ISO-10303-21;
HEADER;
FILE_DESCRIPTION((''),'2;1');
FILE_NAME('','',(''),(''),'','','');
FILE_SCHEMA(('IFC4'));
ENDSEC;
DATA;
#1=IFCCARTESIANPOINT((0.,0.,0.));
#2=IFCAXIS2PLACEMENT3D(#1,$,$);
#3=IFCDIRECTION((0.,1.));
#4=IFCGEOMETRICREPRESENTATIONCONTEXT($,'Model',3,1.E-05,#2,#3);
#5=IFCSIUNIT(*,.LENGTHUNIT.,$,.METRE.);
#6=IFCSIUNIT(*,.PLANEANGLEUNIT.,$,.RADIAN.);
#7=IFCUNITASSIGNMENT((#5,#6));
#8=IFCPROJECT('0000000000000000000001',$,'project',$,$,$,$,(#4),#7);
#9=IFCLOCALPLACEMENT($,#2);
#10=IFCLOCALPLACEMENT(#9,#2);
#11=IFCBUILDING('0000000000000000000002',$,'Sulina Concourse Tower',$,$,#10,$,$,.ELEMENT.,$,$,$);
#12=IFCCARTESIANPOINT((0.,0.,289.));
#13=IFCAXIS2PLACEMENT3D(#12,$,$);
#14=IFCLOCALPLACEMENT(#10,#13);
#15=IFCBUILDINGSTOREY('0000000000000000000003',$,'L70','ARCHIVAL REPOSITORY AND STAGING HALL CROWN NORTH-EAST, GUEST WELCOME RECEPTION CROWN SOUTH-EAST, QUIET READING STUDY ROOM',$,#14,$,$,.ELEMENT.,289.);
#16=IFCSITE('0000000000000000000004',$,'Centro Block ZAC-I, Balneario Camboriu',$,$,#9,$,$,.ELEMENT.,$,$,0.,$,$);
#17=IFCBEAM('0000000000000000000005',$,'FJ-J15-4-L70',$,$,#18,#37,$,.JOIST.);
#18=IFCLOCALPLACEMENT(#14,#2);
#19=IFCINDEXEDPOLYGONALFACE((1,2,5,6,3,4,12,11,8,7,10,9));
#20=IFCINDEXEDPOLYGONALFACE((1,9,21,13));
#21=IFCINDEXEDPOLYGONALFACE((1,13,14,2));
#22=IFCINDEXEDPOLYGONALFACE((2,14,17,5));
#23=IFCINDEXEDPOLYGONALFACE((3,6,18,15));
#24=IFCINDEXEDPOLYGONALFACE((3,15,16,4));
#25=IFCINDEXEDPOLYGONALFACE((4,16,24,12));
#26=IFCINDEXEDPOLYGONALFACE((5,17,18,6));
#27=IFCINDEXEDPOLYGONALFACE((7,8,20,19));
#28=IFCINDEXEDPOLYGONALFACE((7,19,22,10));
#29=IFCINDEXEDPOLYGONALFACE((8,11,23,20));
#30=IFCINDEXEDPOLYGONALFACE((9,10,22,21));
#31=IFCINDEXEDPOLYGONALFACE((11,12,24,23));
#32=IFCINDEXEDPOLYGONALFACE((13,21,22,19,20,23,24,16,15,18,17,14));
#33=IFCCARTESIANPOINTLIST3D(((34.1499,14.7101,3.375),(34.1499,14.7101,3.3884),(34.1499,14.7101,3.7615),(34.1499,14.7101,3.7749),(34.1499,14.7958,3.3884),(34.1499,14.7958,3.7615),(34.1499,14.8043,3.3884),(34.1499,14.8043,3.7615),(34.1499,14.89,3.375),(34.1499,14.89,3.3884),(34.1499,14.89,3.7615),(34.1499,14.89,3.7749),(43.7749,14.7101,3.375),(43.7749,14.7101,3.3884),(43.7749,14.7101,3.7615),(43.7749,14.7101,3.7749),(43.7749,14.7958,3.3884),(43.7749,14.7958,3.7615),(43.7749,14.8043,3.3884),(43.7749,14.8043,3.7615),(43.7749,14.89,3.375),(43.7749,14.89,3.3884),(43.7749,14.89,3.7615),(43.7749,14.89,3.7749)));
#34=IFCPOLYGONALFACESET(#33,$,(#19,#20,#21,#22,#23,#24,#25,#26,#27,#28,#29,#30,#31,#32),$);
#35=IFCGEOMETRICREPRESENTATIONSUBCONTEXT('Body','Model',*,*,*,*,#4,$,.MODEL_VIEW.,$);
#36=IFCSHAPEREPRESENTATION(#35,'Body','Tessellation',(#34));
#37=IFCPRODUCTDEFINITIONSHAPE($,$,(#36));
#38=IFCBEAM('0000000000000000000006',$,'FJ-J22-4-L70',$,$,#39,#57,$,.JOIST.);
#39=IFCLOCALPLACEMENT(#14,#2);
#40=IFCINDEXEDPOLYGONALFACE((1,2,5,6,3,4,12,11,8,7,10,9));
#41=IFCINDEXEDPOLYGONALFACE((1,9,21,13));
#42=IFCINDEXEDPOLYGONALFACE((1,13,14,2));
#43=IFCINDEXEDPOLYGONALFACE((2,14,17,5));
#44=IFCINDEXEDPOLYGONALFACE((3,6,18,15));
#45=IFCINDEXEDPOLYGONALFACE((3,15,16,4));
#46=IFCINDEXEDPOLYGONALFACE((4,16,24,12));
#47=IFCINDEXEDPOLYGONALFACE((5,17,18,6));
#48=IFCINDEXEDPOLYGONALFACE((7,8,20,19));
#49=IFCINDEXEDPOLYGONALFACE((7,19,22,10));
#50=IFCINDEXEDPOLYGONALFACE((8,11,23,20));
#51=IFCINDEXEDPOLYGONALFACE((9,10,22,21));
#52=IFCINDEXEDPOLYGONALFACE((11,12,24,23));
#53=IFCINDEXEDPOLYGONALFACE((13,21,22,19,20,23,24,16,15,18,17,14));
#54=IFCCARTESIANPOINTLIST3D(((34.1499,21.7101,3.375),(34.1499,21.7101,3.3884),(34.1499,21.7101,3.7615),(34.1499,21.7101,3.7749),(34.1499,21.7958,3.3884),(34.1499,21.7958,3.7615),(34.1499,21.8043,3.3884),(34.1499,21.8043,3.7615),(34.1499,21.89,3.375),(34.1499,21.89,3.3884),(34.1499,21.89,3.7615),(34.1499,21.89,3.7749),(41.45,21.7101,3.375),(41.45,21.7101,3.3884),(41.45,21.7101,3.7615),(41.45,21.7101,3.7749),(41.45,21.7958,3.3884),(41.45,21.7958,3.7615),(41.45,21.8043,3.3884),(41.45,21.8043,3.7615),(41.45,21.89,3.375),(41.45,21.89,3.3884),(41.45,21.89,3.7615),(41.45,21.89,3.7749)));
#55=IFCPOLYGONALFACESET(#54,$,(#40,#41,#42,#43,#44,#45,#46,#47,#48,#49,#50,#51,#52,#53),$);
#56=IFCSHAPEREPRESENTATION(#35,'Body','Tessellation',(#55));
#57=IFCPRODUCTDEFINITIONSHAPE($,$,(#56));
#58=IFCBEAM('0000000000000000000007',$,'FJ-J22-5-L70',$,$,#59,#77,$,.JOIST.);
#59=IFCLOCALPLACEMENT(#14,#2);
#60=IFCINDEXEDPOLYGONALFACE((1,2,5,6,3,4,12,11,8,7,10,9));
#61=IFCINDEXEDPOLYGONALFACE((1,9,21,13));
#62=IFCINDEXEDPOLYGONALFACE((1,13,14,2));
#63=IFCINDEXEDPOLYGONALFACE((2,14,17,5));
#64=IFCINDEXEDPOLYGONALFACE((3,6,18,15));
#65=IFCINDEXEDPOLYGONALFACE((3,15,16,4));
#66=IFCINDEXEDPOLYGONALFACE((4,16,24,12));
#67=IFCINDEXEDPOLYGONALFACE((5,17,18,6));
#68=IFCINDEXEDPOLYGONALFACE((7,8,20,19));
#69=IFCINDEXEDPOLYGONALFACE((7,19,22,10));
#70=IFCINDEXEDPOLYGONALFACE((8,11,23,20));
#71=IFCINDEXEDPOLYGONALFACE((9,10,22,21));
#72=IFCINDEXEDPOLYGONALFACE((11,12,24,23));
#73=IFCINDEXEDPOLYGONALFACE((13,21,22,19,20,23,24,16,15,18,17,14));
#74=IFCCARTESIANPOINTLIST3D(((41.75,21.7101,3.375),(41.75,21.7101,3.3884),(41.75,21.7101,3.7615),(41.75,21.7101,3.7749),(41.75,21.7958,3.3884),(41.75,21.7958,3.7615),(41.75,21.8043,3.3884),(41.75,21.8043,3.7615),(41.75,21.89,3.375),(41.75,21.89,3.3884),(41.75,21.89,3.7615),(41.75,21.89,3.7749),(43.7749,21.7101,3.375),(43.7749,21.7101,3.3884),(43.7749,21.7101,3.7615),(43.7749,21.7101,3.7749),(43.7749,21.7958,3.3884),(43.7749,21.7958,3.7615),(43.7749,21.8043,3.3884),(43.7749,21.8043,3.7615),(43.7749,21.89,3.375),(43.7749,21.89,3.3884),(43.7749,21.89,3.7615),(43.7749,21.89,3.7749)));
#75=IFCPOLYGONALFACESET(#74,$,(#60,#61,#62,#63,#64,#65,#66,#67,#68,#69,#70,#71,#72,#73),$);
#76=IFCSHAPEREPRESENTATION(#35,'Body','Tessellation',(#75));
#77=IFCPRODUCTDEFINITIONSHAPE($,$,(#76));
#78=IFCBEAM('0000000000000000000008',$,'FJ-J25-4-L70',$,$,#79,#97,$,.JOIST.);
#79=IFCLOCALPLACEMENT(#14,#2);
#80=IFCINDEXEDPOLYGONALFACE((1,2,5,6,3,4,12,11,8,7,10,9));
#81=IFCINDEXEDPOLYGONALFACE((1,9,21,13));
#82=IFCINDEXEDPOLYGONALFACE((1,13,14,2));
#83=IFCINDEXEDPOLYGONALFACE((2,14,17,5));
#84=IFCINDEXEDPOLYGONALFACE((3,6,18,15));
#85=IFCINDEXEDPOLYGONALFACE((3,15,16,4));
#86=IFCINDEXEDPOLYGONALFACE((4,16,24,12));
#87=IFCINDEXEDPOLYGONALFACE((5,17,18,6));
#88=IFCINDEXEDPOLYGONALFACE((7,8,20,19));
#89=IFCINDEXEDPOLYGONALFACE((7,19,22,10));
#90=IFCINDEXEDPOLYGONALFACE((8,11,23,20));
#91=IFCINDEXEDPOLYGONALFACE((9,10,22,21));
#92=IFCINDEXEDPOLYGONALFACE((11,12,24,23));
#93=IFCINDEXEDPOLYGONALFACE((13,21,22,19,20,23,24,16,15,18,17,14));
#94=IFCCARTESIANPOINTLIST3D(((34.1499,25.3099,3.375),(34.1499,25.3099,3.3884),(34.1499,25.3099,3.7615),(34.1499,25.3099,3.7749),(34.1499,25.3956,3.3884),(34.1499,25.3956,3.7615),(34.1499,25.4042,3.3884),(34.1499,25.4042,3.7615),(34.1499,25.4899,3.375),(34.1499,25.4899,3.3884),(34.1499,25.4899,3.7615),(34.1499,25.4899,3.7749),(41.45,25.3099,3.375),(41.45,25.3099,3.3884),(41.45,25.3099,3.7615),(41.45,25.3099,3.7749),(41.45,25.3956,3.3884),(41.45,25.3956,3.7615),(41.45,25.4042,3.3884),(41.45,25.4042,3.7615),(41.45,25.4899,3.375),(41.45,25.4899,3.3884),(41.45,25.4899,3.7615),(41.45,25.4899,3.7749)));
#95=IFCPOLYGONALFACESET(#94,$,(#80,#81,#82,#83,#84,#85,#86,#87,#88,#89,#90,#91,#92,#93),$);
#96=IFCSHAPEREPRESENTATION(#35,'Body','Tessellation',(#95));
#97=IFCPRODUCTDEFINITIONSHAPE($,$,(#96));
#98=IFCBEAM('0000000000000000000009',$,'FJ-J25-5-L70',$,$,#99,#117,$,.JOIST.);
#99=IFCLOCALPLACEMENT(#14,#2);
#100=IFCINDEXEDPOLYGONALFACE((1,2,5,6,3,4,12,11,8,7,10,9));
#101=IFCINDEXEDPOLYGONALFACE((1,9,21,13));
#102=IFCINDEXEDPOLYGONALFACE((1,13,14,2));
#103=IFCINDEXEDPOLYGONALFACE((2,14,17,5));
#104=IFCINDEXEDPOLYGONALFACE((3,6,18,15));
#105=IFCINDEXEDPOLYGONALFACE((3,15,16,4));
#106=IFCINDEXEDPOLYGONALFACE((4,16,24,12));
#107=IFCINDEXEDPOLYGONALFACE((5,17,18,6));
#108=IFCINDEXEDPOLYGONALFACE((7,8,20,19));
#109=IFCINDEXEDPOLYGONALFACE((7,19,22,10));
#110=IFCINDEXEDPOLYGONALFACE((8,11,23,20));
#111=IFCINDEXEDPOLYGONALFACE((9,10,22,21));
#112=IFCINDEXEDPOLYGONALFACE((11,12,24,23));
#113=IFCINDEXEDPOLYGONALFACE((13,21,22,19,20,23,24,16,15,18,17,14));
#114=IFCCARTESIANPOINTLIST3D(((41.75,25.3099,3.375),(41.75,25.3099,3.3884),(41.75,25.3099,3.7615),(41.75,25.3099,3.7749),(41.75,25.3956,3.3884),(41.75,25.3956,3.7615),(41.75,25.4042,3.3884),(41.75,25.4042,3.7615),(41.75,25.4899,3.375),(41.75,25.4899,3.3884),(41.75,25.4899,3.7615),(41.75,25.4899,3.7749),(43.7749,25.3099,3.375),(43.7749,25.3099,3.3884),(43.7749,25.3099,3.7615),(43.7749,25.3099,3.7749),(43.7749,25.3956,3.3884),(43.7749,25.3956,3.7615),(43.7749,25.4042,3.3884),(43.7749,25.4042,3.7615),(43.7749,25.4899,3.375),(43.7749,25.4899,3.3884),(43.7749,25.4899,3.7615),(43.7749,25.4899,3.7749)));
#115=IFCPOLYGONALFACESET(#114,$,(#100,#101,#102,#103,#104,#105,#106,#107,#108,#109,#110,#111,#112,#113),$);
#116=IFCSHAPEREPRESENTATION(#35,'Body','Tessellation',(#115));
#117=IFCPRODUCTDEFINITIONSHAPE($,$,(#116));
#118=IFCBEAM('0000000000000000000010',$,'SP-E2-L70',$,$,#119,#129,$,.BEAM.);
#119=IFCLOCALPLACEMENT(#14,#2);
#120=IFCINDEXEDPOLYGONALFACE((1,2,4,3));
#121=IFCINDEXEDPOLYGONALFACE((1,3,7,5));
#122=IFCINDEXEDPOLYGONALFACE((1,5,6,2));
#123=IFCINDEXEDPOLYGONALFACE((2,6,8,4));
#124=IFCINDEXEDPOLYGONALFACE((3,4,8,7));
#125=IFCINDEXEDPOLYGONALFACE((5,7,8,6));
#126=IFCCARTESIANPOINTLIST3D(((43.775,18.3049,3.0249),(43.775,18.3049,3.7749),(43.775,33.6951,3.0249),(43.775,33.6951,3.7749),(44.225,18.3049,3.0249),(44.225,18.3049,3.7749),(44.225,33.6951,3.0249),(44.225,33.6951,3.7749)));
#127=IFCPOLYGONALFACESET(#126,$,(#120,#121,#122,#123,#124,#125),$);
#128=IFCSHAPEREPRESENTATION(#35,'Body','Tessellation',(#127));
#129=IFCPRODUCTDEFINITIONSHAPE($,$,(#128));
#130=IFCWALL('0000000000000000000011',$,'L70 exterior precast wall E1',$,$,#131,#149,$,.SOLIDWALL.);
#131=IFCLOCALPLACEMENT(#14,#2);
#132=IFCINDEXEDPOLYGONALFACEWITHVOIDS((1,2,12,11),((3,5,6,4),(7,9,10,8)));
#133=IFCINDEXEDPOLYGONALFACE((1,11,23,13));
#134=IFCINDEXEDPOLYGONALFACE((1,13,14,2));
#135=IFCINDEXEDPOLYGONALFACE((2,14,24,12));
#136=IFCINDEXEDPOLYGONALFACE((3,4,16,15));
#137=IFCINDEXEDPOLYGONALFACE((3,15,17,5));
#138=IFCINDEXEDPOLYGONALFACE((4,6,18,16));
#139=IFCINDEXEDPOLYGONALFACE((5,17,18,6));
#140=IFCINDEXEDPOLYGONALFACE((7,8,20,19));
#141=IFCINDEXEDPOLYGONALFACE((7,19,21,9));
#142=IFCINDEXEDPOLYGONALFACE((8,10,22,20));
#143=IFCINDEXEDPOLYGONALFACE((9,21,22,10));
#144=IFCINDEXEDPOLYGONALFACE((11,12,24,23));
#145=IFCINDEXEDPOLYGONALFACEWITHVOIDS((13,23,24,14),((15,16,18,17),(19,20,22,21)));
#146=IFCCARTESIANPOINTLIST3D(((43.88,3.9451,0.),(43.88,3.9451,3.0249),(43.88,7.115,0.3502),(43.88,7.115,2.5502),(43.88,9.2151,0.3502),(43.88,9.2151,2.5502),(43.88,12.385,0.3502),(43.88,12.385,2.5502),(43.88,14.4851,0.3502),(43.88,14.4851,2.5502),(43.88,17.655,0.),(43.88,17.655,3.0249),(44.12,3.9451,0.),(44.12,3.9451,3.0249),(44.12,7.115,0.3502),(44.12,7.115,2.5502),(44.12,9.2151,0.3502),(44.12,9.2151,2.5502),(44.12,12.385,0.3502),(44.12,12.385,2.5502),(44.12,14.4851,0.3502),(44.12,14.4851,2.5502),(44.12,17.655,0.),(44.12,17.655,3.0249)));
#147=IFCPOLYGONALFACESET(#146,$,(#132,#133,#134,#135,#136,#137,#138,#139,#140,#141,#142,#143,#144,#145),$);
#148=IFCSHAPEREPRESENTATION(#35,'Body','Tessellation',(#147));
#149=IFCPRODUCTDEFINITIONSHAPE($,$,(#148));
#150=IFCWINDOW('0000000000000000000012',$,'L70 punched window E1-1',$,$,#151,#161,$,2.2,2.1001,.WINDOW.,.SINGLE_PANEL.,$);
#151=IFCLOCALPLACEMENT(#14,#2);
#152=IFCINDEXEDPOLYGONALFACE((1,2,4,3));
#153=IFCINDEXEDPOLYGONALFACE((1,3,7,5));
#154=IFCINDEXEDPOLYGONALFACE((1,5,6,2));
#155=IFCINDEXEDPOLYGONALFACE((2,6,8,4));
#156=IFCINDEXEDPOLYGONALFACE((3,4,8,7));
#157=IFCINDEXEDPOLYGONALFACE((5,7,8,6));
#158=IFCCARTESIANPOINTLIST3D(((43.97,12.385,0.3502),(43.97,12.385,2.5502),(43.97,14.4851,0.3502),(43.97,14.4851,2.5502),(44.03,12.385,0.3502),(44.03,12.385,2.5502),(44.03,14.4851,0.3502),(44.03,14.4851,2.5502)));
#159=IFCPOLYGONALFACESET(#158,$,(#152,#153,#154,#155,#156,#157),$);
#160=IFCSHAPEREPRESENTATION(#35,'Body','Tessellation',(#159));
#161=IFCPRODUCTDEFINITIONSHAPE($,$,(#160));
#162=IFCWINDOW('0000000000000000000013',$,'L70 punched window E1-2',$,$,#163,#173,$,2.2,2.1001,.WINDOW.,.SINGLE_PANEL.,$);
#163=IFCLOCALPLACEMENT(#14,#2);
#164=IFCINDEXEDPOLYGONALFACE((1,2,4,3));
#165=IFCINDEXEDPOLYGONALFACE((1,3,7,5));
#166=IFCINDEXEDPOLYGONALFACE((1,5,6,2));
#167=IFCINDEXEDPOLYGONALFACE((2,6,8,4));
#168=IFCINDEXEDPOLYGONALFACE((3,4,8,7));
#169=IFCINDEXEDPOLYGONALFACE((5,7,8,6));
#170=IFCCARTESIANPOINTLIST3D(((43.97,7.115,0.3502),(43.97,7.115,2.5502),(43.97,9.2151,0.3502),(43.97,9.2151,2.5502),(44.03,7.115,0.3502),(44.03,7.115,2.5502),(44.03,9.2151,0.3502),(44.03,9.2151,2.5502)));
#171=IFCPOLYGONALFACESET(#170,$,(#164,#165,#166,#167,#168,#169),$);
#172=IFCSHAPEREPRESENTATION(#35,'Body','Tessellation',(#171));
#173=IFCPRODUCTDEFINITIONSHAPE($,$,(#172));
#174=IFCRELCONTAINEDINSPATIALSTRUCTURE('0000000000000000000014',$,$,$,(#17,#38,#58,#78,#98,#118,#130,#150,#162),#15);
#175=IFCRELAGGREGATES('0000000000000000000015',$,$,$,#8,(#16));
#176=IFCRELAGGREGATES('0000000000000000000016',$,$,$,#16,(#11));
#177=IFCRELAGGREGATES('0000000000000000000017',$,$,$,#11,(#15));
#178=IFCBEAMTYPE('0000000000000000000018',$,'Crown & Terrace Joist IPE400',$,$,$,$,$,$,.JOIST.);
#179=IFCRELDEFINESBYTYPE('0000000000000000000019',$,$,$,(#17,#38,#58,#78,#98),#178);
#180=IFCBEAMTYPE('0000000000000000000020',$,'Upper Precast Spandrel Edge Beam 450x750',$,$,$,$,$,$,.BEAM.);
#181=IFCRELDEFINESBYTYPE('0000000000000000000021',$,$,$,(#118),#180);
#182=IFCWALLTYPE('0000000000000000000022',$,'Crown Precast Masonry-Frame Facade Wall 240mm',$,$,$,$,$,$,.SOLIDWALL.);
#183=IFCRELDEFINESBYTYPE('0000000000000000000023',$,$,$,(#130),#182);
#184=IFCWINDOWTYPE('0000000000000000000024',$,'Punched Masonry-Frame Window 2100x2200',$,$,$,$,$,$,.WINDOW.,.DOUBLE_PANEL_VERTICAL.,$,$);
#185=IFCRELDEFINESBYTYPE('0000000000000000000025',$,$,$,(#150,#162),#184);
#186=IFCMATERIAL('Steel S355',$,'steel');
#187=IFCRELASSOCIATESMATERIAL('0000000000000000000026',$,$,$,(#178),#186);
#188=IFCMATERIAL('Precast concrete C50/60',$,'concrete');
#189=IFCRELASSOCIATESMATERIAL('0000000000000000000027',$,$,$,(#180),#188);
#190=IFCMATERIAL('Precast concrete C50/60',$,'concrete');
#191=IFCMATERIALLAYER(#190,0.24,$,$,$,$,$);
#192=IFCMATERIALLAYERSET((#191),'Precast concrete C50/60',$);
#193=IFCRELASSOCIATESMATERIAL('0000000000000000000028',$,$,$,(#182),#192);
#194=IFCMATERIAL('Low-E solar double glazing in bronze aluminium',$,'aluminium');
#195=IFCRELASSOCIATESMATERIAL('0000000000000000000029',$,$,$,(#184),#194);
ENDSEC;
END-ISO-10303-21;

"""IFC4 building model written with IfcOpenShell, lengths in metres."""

from ifc_helpers import new_model, si_unit, direction, frame, frame_2d, origin, origin_2d, place, context, subcontext, project, spatial, rectangle, i_section, extrude, material, layer, layer_set, material_profile, profile_set, type_object, element, fill, save


model = new_model("IFC4")

# Units and contexts
model_context = context("Model", 3, precision=1e-05, world=origin(), true_north=direction((0.0, 1.0)))
body_context = subcontext(model_context, "Body", "Model", "MODEL_VIEW")
ifc_project = project(units=[si_unit("LENGTHUNIT", "METRE"), si_unit("PLANEANGLEUNIT", "RADIAN")], contexts=[model_context])

# Site, building, storey
site_placement = place(None, origin())
site = spatial("IfcSite", under=ifc_project, at=site_placement, Name="Centro Block ZAC-I, Balneario Camboriu", CompositionType="ELEMENT", RefElevation=0.0)
building_placement = place(site_placement, origin())
building = spatial("IfcBuilding", under=site, at=building_placement, Name="Sulina Concourse Tower", CompositionType="ELEMENT")
storey_placement = place(building_placement, frame((0.0, 0.0, 289.0)))
storey = spatial("IfcBuildingStorey", under=building, at=storey_placement, Name="L70", Description="ARCHIVAL REPOSITORY AND STAGING HALL CROWN NORTH-EAST, GUEST WELCOME RECEPTION CROWN SOUTH-EAST, QUIET READING STUDY ROOM", CompositionType="ELEMENT", Elevation=289.0)

# Beams
ifc_material_1 = material(Name="Steel S355", Category="steel")
ifc_material_profile_1 = material_profile(ifc_material_1, i_section(OverallWidth=0.1799, OverallDepth=0.3999, WebThickness=0.0085, FlangeThickness=0.0134, at=origin_2d()), Name="IPE 400")
ifc_profile_set_1 = profile_set([ifc_material_profile_1], Name="Steel S355")
beam_type_1 = type_object("IfcBeamType", Name="Crown & Terrace Joist IPE400", PredefinedType="JOIST", material=ifc_profile_set_1)
beam_1_placement = place(storey_placement, frame((34.1499, 14.8, 3.575), z_axis=(1.0, 0.0, 0.0), x_axis=(0.0, 1.0, 0.0)))
element("IfcBeam", 1, at=beam_1_placement, inside=storey, type_object=beam_type_1, Name="FJ-J15-4-L70", PredefinedType="JOIST", context=body_context, shape_type="SweptSolid", body=[
    extrude(i_section(OverallWidth=0.1799, OverallDepth=0.3999, WebThickness=0.0085, FlangeThickness=0.0134, at=origin_2d()), origin(), (0.0, 0.0, 1.0), 9.625),
])
beam_2_placement = place(storey_placement, frame((34.1499, 21.8, 3.575), z_axis=(1.0, 0.0, 0.0), x_axis=(0.0, 1.0, 0.0)))
element("IfcBeam", 2, at=beam_2_placement, inside=storey, type_object=beam_type_1, Name="FJ-J22-4-L70", PredefinedType="JOIST", context=body_context, shape_type="SweptSolid", body=[
    extrude(i_section(OverallWidth=0.1799, OverallDepth=0.3999, WebThickness=0.0085, FlangeThickness=0.0134, at=origin_2d()), origin(), (0.0, 0.0, 1.0), 7.3),
])
beam_3_placement = place(storey_placement, frame((41.75, 21.8, 3.575), z_axis=(1.0, 0.0, 0.0), x_axis=(0.0, 1.0, 0.0)))
element("IfcBeam", 3, at=beam_3_placement, inside=storey, type_object=beam_type_1, Name="FJ-J22-5-L70", PredefinedType="JOIST", context=body_context, shape_type="SweptSolid", body=[
    extrude(i_section(OverallWidth=0.1799, OverallDepth=0.3999, WebThickness=0.0085, FlangeThickness=0.0134, at=origin_2d()), origin(), (0.0, 0.0, 1.0), 2.0249),
])
beam_4_placement = place(storey_placement, frame((34.1499, 25.3999, 3.575), z_axis=(1.0, 0.0, 0.0), x_axis=(0.0, 1.0, 0.0)))
element("IfcBeam", 4, at=beam_4_placement, inside=storey, type_object=beam_type_1, Name="FJ-J25-4-L70", PredefinedType="JOIST", context=body_context, shape_type="SweptSolid", body=[
    extrude(i_section(OverallWidth=0.1799, OverallDepth=0.3999, WebThickness=0.0085, FlangeThickness=0.0134, at=origin_2d()), origin(), (0.0, 0.0, 1.0), 7.3),
])
beam_5_placement = place(storey_placement, frame((41.75, 25.3999, 3.575), z_axis=(1.0, 0.0, 0.0), x_axis=(0.0, 1.0, 0.0)))
element("IfcBeam", 5, at=beam_5_placement, inside=storey, type_object=beam_type_1, Name="FJ-J25-5-L70", PredefinedType="JOIST", context=body_context, shape_type="SweptSolid", body=[
    extrude(i_section(OverallWidth=0.1799, OverallDepth=0.3999, WebThickness=0.0085, FlangeThickness=0.0134, at=origin_2d()), origin(), (0.0, 0.0, 1.0), 2.0249),
])
ifc_material_2 = material(Name="Precast concrete C50/60", Category="concrete")
ifc_material_profile_2 = material_profile(ifc_material_2, rectangle(XDim=0.45, YDim=0.75, at=origin_2d()), Name="RC 450x750")
ifc_profile_set_2 = profile_set([ifc_material_profile_2], Name="Precast concrete C50/60")
beam_type_2 = type_object("IfcBeamType", Name="Upper Precast Spandrel Edge Beam 450x750", PredefinedType="BEAM", material=ifc_profile_set_2)
beam_6_placement = place(storey_placement, frame((44.0, 18.3049, 3.3999), z_axis=(0.0, 1.0, 0.0), x_axis=(-1.0, 0.0, 0.0)))
element("IfcBeam", 6, at=beam_6_placement, inside=storey, type_object=beam_type_2, Name="SP-E2-L70", PredefinedType="BEAM", context=body_context, shape_type="SweptSolid", body=[
    extrude(rectangle(XDim=0.45, YDim=0.75, at=origin_2d()), origin(), (0.0, 0.0, 1.0), 15.3901),
])

# Wall, openings, windows
ifc_material_3 = material(Name="Precast concrete C50/60", Category="concrete")
ifc_layer_1 = layer(ifc_material_3, 0.24)
ifc_layer_set_1 = layer_set([ifc_layer_1], Name="Precast concrete C50/60")
wall_type_1 = type_object("IfcWallType", Name="Crown Precast Masonry-Frame Facade Wall 240mm", PredefinedType="SOLIDWALL", material=ifc_layer_set_1)
wall_1_placement = place(storey_placement, frame((44.0, 17.655, 0.0), z_axis=(0.0, 0.0, 1.0), x_axis=(0.0, -1.0, 0.0)))
wall_1 = element("IfcWall", 7, at=wall_1_placement, inside=storey, type_object=wall_type_1, Name="L70 exterior precast wall E1", PredefinedType="SOLIDWALL", context=body_context, shape_type="SweptSolid", body=[
    extrude(rectangle(XDim=13.71, YDim=0.24, at=frame_2d((6.855, 0.0))), origin(), (0.0, 0.0, 1.0), 3.0249),
])
opening_1_placement = place(wall_1_placement, frame((3.1699, 0.0, 0.3501)))
opening_1 = element("IfcOpeningElement", 8, at=opening_1_placement, cuts=wall_1, PredefinedType="OPENING", context=body_context, shape_type="SweptSolid", body=[
    extrude(rectangle(XDim=2.1001, YDim=2.2, at=frame_2d((1.05, 1.1001))), frame((0.0, 0.1299, 0.0), z_axis=(0.0, -1.0, 0.0), x_axis=(1.0, 0.0, 0.0)), (0.0, 0.0, 1.0), 0.26),
])
opening_2_placement = place(wall_1_placement, frame((8.4399, 0.0, 0.3501)))
opening_2 = element("IfcOpeningElement", 9, at=opening_2_placement, cuts=wall_1, PredefinedType="OPENING", context=body_context, shape_type="SweptSolid", body=[
    extrude(rectangle(XDim=2.1001, YDim=2.2, at=frame_2d((1.05, 1.1001))), frame((0.0, 0.1299, 0.0), z_axis=(0.0, -1.0, 0.0), x_axis=(1.0, 0.0, 0.0)), (0.0, 0.0, 1.0), 0.26),
])
ifc_material_4 = material(Name="Low-E solar double glazing in bronze aluminium", Category="aluminium")
window_type = type_object("IfcWindowType", Name="Punched Masonry-Frame Window 2100x2200", PartitioningType="DOUBLE_PANEL_VERTICAL", PredefinedType="WINDOW", material=ifc_material_4)
window_1_placement = place(opening_1_placement, origin())
window_1 = element("IfcWindow", 10, at=window_1_placement, inside=storey, type_object=window_type, Name="L70 punched window E1-1", OverallHeight=2.2, OverallWidth=2.1001, PartitioningType="SINGLE_PANEL", PredefinedType="WINDOW", context=body_context, shape_type="SweptSolid", body=[
    extrude(rectangle(XDim=2.1001, YDim=2.2, at=frame_2d((1.05, 1.1001))), frame((0.0, 0.03, 0.0), z_axis=(0.0, -1.0, 0.0), x_axis=(1.0, 0.0, 0.0)), (0.0, 0.0, 1.0), 0.0601),
])
fill(opening_1, window_1)
window_2_placement = place(opening_2_placement, origin())
window_2 = element("IfcWindow", 11, at=window_2_placement, inside=storey, type_object=window_type, Name="L70 punched window E1-2", OverallHeight=2.2, OverallWidth=2.1001, PartitioningType="SINGLE_PANEL", PredefinedType="WINDOW", context=body_context, shape_type="SweptSolid", body=[
    extrude(rectangle(XDim=2.1001, YDim=2.2, at=frame_2d((1.05, 1.1001))), frame((0.0, 0.03, 0.0), z_axis=(0.0, -1.0, 0.0), x_axis=(1.0, 0.0, 0.0)), (0.0, 0.0, 1.0), 0.0601),
])
fill(opening_2, window_2)

save(model, "model.ifc")
